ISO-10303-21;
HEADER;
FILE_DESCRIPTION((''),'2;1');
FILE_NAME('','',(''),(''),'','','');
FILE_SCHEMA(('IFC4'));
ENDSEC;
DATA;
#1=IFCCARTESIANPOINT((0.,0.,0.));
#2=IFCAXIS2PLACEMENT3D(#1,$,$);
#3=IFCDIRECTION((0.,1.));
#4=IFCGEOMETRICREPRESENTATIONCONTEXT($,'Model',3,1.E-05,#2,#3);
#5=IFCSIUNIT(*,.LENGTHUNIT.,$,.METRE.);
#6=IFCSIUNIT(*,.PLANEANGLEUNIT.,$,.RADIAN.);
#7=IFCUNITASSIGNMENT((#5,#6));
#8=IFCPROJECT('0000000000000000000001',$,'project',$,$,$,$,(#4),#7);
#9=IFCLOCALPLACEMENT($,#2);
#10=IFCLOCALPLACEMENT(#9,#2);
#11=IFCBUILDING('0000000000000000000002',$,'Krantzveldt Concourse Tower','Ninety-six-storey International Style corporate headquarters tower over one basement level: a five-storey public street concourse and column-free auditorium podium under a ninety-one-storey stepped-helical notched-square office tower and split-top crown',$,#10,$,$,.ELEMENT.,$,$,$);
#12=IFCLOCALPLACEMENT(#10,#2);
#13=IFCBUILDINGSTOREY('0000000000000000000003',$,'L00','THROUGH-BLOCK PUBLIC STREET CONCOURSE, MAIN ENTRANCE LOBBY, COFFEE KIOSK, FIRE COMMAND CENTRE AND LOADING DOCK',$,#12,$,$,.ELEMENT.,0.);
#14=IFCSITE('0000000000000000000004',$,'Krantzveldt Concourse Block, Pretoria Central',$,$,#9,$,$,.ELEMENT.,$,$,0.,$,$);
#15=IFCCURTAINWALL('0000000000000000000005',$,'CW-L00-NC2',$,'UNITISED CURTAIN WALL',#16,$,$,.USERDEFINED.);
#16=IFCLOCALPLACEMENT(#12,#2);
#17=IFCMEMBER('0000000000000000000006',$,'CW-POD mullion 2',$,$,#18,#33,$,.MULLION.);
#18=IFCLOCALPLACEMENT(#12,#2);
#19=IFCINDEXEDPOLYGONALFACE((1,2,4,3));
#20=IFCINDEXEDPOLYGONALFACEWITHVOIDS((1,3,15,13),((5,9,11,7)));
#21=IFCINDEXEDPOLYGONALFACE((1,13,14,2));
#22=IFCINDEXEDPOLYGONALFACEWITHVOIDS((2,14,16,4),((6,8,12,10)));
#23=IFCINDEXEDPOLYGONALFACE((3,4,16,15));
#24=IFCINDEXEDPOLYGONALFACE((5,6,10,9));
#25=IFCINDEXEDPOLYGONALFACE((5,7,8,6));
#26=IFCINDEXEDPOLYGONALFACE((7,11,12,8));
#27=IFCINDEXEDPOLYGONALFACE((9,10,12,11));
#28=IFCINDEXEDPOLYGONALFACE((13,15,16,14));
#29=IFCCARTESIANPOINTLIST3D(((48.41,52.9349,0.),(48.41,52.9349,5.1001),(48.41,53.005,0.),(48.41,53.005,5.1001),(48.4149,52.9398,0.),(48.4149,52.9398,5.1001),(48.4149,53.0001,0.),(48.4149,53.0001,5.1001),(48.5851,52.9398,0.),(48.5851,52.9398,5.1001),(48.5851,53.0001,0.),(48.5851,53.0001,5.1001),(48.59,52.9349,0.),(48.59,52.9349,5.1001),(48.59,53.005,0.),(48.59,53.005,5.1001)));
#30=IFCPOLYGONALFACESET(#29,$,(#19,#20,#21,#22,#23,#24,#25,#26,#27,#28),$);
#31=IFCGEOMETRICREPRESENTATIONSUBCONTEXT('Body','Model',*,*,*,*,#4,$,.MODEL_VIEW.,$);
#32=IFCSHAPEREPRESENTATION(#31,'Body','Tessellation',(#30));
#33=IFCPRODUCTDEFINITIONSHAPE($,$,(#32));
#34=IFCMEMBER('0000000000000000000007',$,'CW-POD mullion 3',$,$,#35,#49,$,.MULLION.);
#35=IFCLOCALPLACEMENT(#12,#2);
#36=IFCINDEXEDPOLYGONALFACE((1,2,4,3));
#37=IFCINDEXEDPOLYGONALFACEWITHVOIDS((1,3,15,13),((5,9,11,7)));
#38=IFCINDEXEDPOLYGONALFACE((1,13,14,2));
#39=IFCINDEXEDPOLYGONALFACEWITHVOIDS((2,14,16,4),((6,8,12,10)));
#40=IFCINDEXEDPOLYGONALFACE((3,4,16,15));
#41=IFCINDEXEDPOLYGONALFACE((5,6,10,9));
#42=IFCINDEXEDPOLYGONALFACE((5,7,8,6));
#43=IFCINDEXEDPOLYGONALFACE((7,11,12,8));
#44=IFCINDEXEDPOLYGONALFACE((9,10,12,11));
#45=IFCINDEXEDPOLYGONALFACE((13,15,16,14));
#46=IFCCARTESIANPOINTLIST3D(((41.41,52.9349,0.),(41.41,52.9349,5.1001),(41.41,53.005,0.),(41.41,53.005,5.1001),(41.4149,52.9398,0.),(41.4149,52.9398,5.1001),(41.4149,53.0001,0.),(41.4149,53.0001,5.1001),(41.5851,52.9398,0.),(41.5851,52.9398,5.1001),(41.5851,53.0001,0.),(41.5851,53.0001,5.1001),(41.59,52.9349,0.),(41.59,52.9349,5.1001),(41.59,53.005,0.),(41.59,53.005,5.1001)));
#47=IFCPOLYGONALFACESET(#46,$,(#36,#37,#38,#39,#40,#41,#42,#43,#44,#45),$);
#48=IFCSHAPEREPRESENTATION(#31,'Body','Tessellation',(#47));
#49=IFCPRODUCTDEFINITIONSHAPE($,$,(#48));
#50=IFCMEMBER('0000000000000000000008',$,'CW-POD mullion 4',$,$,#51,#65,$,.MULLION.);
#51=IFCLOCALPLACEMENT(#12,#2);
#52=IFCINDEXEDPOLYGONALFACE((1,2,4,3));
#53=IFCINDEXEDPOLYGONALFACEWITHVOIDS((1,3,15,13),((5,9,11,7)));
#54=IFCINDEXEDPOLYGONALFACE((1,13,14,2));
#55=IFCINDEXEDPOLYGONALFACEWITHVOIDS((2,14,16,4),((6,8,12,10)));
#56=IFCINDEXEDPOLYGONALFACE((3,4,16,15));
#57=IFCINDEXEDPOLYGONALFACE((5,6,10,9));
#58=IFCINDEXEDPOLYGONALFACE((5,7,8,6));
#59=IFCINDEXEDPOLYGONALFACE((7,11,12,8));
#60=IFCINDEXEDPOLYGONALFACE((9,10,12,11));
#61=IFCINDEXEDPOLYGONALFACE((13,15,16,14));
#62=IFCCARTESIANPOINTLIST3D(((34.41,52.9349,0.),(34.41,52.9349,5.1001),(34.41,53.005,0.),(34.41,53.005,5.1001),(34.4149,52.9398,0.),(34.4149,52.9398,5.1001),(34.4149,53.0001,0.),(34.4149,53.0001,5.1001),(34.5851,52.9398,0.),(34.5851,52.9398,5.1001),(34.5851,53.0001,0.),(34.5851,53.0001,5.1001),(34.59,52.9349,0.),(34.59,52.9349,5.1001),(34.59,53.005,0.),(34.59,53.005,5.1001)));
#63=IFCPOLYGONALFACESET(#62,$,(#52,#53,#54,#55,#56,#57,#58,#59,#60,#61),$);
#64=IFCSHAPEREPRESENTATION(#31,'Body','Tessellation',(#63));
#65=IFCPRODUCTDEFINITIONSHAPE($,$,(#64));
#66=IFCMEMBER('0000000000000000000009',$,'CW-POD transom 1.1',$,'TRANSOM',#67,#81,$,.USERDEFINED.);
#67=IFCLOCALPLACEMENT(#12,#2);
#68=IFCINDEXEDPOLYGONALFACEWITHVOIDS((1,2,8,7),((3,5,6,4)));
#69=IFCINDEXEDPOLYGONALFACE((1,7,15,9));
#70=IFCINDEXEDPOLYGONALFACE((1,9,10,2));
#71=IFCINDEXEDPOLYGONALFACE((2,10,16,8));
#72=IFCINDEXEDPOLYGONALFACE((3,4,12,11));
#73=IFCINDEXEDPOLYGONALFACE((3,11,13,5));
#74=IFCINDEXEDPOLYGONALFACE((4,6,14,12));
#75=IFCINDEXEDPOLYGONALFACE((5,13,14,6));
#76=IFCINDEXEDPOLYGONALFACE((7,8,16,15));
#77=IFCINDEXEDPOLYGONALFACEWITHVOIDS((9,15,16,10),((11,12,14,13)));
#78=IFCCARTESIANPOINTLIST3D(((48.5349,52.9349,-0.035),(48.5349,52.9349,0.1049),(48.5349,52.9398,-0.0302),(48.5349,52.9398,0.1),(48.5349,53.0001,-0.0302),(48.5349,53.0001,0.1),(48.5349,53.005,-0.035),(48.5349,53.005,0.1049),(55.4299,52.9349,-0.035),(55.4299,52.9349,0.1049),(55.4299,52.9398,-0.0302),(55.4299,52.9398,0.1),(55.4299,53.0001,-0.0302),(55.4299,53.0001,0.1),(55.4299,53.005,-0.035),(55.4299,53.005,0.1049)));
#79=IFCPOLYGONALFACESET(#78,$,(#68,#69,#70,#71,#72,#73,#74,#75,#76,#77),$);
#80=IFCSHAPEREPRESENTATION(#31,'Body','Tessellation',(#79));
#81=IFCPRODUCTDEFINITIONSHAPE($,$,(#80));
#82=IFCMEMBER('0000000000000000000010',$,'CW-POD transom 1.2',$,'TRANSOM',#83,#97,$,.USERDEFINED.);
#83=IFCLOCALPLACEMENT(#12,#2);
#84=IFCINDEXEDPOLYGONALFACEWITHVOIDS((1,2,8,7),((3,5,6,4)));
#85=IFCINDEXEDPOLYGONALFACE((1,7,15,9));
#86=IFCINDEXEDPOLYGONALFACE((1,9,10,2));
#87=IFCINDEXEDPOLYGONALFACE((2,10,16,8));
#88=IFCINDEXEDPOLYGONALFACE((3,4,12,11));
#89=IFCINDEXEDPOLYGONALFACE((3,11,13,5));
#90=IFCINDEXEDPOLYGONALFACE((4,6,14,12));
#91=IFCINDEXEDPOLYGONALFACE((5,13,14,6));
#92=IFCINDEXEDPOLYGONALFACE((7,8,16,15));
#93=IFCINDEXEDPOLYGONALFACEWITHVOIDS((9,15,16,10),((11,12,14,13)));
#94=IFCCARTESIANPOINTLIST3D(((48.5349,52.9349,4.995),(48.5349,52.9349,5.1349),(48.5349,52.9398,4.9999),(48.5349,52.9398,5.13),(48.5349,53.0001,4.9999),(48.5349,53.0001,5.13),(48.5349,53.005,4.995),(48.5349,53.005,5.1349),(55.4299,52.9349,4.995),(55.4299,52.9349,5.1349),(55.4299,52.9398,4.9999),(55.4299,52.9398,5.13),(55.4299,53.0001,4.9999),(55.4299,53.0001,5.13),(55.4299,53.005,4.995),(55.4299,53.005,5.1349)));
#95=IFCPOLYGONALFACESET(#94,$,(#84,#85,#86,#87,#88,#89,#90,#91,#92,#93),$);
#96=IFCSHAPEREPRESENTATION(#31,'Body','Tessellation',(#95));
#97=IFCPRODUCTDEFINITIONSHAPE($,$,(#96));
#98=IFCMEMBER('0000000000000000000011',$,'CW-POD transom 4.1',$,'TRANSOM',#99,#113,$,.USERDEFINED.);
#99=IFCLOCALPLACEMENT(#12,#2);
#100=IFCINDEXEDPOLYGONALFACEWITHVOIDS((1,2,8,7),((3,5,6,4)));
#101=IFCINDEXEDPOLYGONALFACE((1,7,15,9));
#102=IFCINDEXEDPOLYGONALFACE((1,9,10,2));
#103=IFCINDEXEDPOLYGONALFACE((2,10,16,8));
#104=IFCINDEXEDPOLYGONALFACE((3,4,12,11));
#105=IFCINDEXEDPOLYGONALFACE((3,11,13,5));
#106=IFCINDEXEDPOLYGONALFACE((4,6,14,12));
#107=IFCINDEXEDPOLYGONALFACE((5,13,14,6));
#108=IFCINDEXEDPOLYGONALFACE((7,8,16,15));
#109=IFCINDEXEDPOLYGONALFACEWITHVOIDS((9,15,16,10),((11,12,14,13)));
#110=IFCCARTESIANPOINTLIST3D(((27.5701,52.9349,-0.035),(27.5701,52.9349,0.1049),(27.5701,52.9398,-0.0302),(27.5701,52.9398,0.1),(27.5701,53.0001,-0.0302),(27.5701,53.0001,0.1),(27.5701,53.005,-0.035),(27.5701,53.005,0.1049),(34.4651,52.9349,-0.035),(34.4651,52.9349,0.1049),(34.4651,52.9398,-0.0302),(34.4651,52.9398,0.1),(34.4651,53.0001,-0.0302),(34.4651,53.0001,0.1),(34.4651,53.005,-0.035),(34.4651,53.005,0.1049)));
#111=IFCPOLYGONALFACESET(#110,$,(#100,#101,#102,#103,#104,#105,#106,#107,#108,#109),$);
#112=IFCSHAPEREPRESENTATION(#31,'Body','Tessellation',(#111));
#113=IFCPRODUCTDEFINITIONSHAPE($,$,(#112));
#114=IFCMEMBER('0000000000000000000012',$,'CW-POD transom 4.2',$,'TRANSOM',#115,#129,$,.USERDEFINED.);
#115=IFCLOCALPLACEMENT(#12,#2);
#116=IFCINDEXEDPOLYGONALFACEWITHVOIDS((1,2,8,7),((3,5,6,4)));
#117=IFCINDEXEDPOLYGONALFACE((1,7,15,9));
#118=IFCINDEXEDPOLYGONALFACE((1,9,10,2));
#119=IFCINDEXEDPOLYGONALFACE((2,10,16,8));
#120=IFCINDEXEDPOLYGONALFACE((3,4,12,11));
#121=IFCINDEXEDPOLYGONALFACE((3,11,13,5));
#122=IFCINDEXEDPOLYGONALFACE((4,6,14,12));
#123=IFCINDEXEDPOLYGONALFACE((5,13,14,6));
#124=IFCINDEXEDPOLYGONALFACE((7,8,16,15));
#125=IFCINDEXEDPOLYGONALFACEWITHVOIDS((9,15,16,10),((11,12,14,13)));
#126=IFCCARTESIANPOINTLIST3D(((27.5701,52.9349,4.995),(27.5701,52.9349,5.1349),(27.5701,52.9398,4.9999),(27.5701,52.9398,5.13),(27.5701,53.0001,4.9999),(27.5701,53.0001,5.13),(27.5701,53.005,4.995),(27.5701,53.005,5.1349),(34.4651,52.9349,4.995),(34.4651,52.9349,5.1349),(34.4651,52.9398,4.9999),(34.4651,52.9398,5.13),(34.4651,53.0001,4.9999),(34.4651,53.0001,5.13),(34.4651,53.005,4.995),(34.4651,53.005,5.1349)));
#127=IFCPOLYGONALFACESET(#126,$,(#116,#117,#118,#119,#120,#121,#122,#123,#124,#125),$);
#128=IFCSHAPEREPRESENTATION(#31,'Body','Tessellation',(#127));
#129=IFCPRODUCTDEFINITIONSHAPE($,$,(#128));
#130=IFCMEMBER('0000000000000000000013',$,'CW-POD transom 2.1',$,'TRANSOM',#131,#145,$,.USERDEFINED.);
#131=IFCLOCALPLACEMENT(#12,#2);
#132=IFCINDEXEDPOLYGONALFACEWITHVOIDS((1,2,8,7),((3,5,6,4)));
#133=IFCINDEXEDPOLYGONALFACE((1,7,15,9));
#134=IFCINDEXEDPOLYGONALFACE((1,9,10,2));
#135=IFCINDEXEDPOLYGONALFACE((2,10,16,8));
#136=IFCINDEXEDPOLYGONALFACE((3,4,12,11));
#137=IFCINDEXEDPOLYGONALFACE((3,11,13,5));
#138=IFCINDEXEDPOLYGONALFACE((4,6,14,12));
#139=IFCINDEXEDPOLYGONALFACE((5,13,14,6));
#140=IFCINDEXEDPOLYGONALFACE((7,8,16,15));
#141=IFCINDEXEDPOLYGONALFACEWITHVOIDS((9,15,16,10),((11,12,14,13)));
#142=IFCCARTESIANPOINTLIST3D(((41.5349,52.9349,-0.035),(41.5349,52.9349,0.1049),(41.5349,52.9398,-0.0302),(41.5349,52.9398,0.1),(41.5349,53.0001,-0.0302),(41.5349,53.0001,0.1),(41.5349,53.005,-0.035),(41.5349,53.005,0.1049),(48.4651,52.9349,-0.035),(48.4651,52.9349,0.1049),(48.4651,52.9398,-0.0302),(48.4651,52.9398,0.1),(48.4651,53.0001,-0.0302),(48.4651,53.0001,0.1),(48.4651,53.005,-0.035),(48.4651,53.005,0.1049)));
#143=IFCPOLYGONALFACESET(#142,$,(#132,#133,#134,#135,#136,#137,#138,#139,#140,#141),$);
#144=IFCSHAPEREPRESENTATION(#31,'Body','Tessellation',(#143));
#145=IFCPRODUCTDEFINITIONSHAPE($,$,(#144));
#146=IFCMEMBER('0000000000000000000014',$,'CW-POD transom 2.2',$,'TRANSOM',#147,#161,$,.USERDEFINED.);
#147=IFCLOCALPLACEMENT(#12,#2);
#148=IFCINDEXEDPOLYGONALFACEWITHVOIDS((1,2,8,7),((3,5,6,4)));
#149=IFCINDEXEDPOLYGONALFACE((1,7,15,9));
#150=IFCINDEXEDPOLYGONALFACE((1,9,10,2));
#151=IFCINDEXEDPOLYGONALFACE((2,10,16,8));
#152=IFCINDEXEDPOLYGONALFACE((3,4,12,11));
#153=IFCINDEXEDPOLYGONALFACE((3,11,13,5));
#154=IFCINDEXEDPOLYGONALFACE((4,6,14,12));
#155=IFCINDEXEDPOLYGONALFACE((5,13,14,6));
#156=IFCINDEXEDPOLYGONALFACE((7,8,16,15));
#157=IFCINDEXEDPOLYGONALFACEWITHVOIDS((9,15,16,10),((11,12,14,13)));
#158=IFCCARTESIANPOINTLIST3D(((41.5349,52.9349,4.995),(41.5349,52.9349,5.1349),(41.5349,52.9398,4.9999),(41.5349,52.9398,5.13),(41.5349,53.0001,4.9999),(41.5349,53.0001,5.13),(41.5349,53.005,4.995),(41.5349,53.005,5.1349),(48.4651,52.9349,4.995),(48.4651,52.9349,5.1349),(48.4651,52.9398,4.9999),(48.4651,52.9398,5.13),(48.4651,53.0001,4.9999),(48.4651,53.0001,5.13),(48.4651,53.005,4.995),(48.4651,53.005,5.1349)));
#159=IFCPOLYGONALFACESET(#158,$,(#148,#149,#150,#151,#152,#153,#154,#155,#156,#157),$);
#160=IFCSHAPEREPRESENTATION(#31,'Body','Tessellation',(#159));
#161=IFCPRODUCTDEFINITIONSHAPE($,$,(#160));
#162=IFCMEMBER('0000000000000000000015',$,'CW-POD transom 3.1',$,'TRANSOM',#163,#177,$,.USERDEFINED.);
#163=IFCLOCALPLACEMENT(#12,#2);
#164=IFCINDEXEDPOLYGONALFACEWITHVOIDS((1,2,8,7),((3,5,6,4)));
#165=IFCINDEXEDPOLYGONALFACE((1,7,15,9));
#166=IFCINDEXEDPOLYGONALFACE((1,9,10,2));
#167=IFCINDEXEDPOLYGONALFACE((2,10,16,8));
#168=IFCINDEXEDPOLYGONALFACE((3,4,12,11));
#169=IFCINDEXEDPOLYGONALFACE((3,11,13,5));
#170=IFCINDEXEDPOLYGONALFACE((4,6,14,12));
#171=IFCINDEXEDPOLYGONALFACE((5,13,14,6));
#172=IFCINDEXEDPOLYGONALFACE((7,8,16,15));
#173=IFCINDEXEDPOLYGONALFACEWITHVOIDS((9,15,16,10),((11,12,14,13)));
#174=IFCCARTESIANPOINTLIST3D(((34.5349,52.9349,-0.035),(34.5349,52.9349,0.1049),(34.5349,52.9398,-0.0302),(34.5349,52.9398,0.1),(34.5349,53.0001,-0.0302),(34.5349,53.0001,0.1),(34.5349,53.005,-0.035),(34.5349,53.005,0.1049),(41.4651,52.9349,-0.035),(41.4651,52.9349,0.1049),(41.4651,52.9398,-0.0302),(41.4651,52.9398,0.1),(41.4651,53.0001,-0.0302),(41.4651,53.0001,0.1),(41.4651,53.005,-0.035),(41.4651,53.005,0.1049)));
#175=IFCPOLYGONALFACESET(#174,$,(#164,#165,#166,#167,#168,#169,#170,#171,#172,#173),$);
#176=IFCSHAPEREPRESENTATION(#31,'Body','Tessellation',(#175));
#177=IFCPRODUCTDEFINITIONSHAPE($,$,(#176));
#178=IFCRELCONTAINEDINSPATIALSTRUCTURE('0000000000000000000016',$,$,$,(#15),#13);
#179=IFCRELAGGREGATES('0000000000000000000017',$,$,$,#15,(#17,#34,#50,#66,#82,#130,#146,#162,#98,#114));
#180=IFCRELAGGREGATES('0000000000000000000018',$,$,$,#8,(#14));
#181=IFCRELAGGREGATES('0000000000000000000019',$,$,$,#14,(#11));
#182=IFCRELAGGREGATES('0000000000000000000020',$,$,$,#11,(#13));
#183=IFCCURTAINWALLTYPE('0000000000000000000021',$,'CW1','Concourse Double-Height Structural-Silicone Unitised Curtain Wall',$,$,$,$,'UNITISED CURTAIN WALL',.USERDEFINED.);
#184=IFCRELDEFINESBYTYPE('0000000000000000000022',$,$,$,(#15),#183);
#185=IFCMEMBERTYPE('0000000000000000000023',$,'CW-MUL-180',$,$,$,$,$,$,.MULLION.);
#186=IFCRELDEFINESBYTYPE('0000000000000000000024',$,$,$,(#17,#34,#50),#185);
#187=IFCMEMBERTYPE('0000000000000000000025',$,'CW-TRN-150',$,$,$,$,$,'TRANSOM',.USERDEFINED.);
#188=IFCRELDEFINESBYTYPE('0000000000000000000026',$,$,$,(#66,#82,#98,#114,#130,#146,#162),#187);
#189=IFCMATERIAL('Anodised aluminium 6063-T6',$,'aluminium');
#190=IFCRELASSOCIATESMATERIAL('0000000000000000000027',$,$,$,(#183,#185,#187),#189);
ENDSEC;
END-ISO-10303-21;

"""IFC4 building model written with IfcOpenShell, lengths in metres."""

from ifc_helpers import new_model, si_unit, direction, frame, origin, origin_2d, place, context, subcontext, project, spatial, hollow_rectangle, extrude, source, transform, mapped, material, material_profile, profile_set, type_object, type_shapes, element, aggregate, save


model = new_model("IFC4")

# Units and contexts
model_context = context("Model", 3, precision=1e-05, world=origin(), true_north=direction((0.0, 1.0)))
body_context = subcontext(model_context, "Body", "Model", "MODEL_VIEW")
ifc_project = project(units=[si_unit("LENGTHUNIT", "METRE"), si_unit("PLANEANGLEUNIT", "RADIAN")], contexts=[model_context])

# Site, building, storey
site_placement = place(None, origin())
site = spatial("IfcSite", under=ifc_project, at=site_placement, Name="Krantzveldt Concourse Block, Pretoria Central", CompositionType="ELEMENT", RefElevation=0.0)
building_placement = place(site_placement, origin())
building = spatial("IfcBuilding", under=site, at=building_placement, Name="Krantzveldt Concourse Tower", Description="Ninety-six-storey International Style corporate headquarters tower over one basement level: a five-storey public street concourse and column-free auditorium podium under a ninety-one-storey stepped-helical notched-square office tower and split-top crown", CompositionType="ELEMENT")
storey_placement = place(building_placement, origin())
storey = spatial("IfcBuildingStorey", under=building, at=storey_placement, Name="L00", Description="THROUGH-BLOCK PUBLIC STREET CONCOURSE, MAIN ENTRANCE LOBBY, COFFEE KIOSK, FIRE COMMAND CENTRE AND LOADING DOCK", CompositionType="ELEMENT", Elevation=0.0)

# Curtain wall, members
ifc_material_1 = material(Name="Anodised aluminium 6063-T6", Category="aluminium")
curtain_wall_type = type_object("IfcCurtainWallType", Name="CW1", Description="Concourse Double-Height Structural-Silicone Unitised Curtain Wall", ElementType="UNITISED CURTAIN WALL", PredefinedType="USERDEFINED", material=ifc_material_1)
curtain_wall_placement = place(storey_placement, origin())
curtain_wall = element("IfcCurtainWall", 1, at=curtain_wall_placement, inside=storey, type_object=curtain_wall_type, Name="CW-L00-NC2", ObjectType="UNITISED CURTAIN WALL", PredefinedType="USERDEFINED")
ifc_material_profile_1 = material_profile(ifc_material_1, hollow_rectangle(XDim=0.0701, YDim=0.1799, WallThickness=0.0049, at=origin_2d()), Name="Anodised aluminium 6063-T6", Category="aluminium")
ifc_profile_set_1 = profile_set([ifc_material_profile_1], Name="Anodised aluminium 6063-T6 - ALU-MULL 180x70x5")
member_type_1 = type_object("IfcMemberType", Name="CW-MUL-180", PredefinedType="MULLION", material=ifc_profile_set_1)
shared_shape_1 = source(origin(), body_context, "Body", "SweptSolid", [
    extrude(hollow_rectangle(XDim=0.0701, YDim=0.1799, WallThickness=0.0049, at=origin_2d()), origin(), (0.0, 0.0, 1.0), 5.1001),
])
type_shapes(member_type_1, [shared_shape_1])
member_1_placement = place(storey_placement, frame((48.5, 52.97, 0.0), z_axis=(0.0, 0.0, 1.0), x_axis=(0.0, -1.0, 0.0)))
member_1 = element("IfcMember", 2, at=member_1_placement, type_object=member_type_1, Name="CW-POD mullion 2", PredefinedType="MULLION", context=body_context, shape_type="MappedRepresentation", body=[
    mapped(shared_shape_1, transform((0.0, 0.0, 0.0), x_axis=(1.0, 0.0, 0.0), y_axis=(0.0, 1.0, 0.0), z_axis=(0.0, 0.0, 1.0), scale=1.0)),
])
member_2_placement = place(storey_placement, frame((41.5, 52.97, 0.0), z_axis=(0.0, 0.0, 1.0), x_axis=(0.0, -1.0, 0.0)))
member_2 = element("IfcMember", 3, at=member_2_placement, type_object=member_type_1, Name="CW-POD mullion 3", PredefinedType="MULLION", context=body_context, shape_type="MappedRepresentation", body=[
    mapped(shared_shape_1, transform((0.0, 0.0, 0.0), x_axis=(1.0, 0.0, 0.0), y_axis=(0.0, 1.0, 0.0), z_axis=(0.0, 0.0, 1.0), scale=1.0)),
])
member_3_placement = place(storey_placement, frame((34.5, 52.97, 0.0), z_axis=(0.0, 0.0, 1.0), x_axis=(0.0, -1.0, 0.0)))
member_3 = element("IfcMember", 4, at=member_3_placement, type_object=member_type_1, Name="CW-POD mullion 4", PredefinedType="MULLION", context=body_context, shape_type="MappedRepresentation", body=[
    mapped(shared_shape_1, transform((0.0, 0.0, 0.0), x_axis=(1.0, 0.0, 0.0), y_axis=(0.0, 1.0, 0.0), z_axis=(0.0, 0.0, 1.0), scale=1.0)),
])
ifc_material_profile_2 = material_profile(ifc_material_1, hollow_rectangle(XDim=0.0701, YDim=0.1399, WallThickness=0.0049, at=origin_2d()), Name="Anodised aluminium 6063-T6", Category="aluminium")
ifc_profile_set_2 = profile_set([ifc_material_profile_2], Name="Anodised aluminium 6063-T6 - ALU-TRAN 140x70x5")
member_type_2 = type_object("IfcMemberType", Name="CW-TRN-150", ElementType="TRANSOM", PredefinedType="USERDEFINED", material=ifc_profile_set_2)
shared_shape_2 = source(origin(), body_context, "Body", "SweptSolid", [
    extrude(hollow_rectangle(XDim=0.0701, YDim=0.1399, WallThickness=0.0049, at=origin_2d()), origin(), (0.0, 0.0, 1.0), 6.895),
])
member_4_placement = place(storey_placement, frame((55.4299, 52.97, 0.0349), z_axis=(-1.0, 0.0, 0.0), x_axis=(0.0, -1.0, 0.0)))
member_4 = element("IfcMember", 5, at=member_4_placement, type_object=member_type_2, Name="CW-POD transom 1.1", ObjectType="TRANSOM", PredefinedType="USERDEFINED", context=body_context, shape_type="MappedRepresentation", body=[
    mapped(shared_shape_2, transform((0.0, 0.0, 0.0), x_axis=(1.0, 0.0, 0.0), y_axis=(0.0, 1.0, 0.0), z_axis=(0.0, 0.0, 1.0), scale=1.0)),
])
member_5_placement = place(storey_placement, frame((55.4299, 52.97, 5.0649), z_axis=(-1.0, 0.0, 0.0), x_axis=(0.0, -1.0, 0.0)))
member_5 = element("IfcMember", 6, at=member_5_placement, type_object=member_type_2, Name="CW-POD transom 1.2", ObjectType="TRANSOM", PredefinedType="USERDEFINED", context=body_context, shape_type="MappedRepresentation", body=[
    mapped(shared_shape_2, transform((0.0, 0.0, 0.0), x_axis=(1.0, 0.0, 0.0), y_axis=(0.0, 1.0, 0.0), z_axis=(0.0, 0.0, 1.0), scale=1.0)),
])
member_6_placement = place(storey_placement, frame((34.4651, 52.97, 0.0349), z_axis=(-1.0, 0.0, 0.0), x_axis=(0.0, -1.0, 0.0)))
member_6 = element("IfcMember", 7, at=member_6_placement, type_object=member_type_2, Name="CW-POD transom 4.1", ObjectType="TRANSOM", PredefinedType="USERDEFINED", context=body_context, shape_type="MappedRepresentation", body=[
    mapped(shared_shape_2, transform((0.0, 0.0, 0.0), x_axis=(1.0, 0.0, 0.0), y_axis=(0.0, 1.0, 0.0), z_axis=(0.0, 0.0, 1.0), scale=1.0)),
])
member_7_placement = place(storey_placement, frame((34.4651, 52.97, 5.0649), z_axis=(-1.0, 0.0, 0.0), x_axis=(0.0, -1.0, 0.0)))
member_7 = element("IfcMember", 8, at=member_7_placement, type_object=member_type_2, Name="CW-POD transom 4.2", ObjectType="TRANSOM", PredefinedType="USERDEFINED", context=body_context, shape_type="MappedRepresentation", body=[
    mapped(shared_shape_2, transform((0.0, 0.0, 0.0), x_axis=(1.0, 0.0, 0.0), y_axis=(0.0, 1.0, 0.0), z_axis=(0.0, 0.0, 1.0), scale=1.0)),
])
shared_shape_3 = source(origin(), body_context, "Body", "SweptSolid", [
    extrude(hollow_rectangle(XDim=0.0701, YDim=0.1399, WallThickness=0.0049, at=origin_2d()), origin(), (0.0, 0.0, 1.0), 6.9302),
])
type_shapes(member_type_2, [shared_shape_2, shared_shape_3])
member_8_placement = place(storey_placement, frame((48.4651, 52.97, 0.0349), z_axis=(-1.0, 0.0, 0.0), x_axis=(0.0, -1.0, 0.0)))
member_8 = element("IfcMember", 9, at=member_8_placement, type_object=member_type_2, Name="CW-POD transom 2.1", ObjectType="TRANSOM", PredefinedType="USERDEFINED", context=body_context, shape_type="MappedRepresentation", body=[
    mapped(shared_shape_3, transform((0.0, 0.0, 0.0), x_axis=(1.0, 0.0, 0.0), y_axis=(0.0, 1.0, 0.0), z_axis=(0.0, 0.0, 1.0), scale=1.0)),
])
member_9_placement = place(storey_placement, frame((48.4651, 52.97, 5.0649), z_axis=(-1.0, 0.0, 0.0), x_axis=(0.0, -1.0, 0.0)))
member_9 = element("IfcMember", 10, at=member_9_placement, type_object=member_type_2, Name="CW-POD transom 2.2", ObjectType="TRANSOM", PredefinedType="USERDEFINED", context=body_context, shape_type="MappedRepresentation", body=[
    mapped(shared_shape_3, transform((0.0, 0.0, 0.0), x_axis=(1.0, 0.0, 0.0), y_axis=(0.0, 1.0, 0.0), z_axis=(0.0, 0.0, 1.0), scale=1.0)),
])
member_10_placement = place(storey_placement, frame((41.4651, 52.97, 0.0349), z_axis=(-1.0, 0.0, 0.0), x_axis=(0.0, -1.0, 0.0)))
member_10 = element("IfcMember", 11, at=member_10_placement, type_object=member_type_2, Name="CW-POD transom 3.1", ObjectType="TRANSOM", PredefinedType="USERDEFINED", context=body_context, shape_type="MappedRepresentation", body=[
    mapped(shared_shape_3, transform((0.0, 0.0, 0.0), x_axis=(1.0, 0.0, 0.0), y_axis=(0.0, 1.0, 0.0), z_axis=(0.0, 0.0, 1.0), scale=1.0)),
])
aggregate(curtain_wall, [member_1, member_2, member_3, member_4, member_5, member_8, member_9, member_10, member_6, member_7])

save(model, "model.ifc")
